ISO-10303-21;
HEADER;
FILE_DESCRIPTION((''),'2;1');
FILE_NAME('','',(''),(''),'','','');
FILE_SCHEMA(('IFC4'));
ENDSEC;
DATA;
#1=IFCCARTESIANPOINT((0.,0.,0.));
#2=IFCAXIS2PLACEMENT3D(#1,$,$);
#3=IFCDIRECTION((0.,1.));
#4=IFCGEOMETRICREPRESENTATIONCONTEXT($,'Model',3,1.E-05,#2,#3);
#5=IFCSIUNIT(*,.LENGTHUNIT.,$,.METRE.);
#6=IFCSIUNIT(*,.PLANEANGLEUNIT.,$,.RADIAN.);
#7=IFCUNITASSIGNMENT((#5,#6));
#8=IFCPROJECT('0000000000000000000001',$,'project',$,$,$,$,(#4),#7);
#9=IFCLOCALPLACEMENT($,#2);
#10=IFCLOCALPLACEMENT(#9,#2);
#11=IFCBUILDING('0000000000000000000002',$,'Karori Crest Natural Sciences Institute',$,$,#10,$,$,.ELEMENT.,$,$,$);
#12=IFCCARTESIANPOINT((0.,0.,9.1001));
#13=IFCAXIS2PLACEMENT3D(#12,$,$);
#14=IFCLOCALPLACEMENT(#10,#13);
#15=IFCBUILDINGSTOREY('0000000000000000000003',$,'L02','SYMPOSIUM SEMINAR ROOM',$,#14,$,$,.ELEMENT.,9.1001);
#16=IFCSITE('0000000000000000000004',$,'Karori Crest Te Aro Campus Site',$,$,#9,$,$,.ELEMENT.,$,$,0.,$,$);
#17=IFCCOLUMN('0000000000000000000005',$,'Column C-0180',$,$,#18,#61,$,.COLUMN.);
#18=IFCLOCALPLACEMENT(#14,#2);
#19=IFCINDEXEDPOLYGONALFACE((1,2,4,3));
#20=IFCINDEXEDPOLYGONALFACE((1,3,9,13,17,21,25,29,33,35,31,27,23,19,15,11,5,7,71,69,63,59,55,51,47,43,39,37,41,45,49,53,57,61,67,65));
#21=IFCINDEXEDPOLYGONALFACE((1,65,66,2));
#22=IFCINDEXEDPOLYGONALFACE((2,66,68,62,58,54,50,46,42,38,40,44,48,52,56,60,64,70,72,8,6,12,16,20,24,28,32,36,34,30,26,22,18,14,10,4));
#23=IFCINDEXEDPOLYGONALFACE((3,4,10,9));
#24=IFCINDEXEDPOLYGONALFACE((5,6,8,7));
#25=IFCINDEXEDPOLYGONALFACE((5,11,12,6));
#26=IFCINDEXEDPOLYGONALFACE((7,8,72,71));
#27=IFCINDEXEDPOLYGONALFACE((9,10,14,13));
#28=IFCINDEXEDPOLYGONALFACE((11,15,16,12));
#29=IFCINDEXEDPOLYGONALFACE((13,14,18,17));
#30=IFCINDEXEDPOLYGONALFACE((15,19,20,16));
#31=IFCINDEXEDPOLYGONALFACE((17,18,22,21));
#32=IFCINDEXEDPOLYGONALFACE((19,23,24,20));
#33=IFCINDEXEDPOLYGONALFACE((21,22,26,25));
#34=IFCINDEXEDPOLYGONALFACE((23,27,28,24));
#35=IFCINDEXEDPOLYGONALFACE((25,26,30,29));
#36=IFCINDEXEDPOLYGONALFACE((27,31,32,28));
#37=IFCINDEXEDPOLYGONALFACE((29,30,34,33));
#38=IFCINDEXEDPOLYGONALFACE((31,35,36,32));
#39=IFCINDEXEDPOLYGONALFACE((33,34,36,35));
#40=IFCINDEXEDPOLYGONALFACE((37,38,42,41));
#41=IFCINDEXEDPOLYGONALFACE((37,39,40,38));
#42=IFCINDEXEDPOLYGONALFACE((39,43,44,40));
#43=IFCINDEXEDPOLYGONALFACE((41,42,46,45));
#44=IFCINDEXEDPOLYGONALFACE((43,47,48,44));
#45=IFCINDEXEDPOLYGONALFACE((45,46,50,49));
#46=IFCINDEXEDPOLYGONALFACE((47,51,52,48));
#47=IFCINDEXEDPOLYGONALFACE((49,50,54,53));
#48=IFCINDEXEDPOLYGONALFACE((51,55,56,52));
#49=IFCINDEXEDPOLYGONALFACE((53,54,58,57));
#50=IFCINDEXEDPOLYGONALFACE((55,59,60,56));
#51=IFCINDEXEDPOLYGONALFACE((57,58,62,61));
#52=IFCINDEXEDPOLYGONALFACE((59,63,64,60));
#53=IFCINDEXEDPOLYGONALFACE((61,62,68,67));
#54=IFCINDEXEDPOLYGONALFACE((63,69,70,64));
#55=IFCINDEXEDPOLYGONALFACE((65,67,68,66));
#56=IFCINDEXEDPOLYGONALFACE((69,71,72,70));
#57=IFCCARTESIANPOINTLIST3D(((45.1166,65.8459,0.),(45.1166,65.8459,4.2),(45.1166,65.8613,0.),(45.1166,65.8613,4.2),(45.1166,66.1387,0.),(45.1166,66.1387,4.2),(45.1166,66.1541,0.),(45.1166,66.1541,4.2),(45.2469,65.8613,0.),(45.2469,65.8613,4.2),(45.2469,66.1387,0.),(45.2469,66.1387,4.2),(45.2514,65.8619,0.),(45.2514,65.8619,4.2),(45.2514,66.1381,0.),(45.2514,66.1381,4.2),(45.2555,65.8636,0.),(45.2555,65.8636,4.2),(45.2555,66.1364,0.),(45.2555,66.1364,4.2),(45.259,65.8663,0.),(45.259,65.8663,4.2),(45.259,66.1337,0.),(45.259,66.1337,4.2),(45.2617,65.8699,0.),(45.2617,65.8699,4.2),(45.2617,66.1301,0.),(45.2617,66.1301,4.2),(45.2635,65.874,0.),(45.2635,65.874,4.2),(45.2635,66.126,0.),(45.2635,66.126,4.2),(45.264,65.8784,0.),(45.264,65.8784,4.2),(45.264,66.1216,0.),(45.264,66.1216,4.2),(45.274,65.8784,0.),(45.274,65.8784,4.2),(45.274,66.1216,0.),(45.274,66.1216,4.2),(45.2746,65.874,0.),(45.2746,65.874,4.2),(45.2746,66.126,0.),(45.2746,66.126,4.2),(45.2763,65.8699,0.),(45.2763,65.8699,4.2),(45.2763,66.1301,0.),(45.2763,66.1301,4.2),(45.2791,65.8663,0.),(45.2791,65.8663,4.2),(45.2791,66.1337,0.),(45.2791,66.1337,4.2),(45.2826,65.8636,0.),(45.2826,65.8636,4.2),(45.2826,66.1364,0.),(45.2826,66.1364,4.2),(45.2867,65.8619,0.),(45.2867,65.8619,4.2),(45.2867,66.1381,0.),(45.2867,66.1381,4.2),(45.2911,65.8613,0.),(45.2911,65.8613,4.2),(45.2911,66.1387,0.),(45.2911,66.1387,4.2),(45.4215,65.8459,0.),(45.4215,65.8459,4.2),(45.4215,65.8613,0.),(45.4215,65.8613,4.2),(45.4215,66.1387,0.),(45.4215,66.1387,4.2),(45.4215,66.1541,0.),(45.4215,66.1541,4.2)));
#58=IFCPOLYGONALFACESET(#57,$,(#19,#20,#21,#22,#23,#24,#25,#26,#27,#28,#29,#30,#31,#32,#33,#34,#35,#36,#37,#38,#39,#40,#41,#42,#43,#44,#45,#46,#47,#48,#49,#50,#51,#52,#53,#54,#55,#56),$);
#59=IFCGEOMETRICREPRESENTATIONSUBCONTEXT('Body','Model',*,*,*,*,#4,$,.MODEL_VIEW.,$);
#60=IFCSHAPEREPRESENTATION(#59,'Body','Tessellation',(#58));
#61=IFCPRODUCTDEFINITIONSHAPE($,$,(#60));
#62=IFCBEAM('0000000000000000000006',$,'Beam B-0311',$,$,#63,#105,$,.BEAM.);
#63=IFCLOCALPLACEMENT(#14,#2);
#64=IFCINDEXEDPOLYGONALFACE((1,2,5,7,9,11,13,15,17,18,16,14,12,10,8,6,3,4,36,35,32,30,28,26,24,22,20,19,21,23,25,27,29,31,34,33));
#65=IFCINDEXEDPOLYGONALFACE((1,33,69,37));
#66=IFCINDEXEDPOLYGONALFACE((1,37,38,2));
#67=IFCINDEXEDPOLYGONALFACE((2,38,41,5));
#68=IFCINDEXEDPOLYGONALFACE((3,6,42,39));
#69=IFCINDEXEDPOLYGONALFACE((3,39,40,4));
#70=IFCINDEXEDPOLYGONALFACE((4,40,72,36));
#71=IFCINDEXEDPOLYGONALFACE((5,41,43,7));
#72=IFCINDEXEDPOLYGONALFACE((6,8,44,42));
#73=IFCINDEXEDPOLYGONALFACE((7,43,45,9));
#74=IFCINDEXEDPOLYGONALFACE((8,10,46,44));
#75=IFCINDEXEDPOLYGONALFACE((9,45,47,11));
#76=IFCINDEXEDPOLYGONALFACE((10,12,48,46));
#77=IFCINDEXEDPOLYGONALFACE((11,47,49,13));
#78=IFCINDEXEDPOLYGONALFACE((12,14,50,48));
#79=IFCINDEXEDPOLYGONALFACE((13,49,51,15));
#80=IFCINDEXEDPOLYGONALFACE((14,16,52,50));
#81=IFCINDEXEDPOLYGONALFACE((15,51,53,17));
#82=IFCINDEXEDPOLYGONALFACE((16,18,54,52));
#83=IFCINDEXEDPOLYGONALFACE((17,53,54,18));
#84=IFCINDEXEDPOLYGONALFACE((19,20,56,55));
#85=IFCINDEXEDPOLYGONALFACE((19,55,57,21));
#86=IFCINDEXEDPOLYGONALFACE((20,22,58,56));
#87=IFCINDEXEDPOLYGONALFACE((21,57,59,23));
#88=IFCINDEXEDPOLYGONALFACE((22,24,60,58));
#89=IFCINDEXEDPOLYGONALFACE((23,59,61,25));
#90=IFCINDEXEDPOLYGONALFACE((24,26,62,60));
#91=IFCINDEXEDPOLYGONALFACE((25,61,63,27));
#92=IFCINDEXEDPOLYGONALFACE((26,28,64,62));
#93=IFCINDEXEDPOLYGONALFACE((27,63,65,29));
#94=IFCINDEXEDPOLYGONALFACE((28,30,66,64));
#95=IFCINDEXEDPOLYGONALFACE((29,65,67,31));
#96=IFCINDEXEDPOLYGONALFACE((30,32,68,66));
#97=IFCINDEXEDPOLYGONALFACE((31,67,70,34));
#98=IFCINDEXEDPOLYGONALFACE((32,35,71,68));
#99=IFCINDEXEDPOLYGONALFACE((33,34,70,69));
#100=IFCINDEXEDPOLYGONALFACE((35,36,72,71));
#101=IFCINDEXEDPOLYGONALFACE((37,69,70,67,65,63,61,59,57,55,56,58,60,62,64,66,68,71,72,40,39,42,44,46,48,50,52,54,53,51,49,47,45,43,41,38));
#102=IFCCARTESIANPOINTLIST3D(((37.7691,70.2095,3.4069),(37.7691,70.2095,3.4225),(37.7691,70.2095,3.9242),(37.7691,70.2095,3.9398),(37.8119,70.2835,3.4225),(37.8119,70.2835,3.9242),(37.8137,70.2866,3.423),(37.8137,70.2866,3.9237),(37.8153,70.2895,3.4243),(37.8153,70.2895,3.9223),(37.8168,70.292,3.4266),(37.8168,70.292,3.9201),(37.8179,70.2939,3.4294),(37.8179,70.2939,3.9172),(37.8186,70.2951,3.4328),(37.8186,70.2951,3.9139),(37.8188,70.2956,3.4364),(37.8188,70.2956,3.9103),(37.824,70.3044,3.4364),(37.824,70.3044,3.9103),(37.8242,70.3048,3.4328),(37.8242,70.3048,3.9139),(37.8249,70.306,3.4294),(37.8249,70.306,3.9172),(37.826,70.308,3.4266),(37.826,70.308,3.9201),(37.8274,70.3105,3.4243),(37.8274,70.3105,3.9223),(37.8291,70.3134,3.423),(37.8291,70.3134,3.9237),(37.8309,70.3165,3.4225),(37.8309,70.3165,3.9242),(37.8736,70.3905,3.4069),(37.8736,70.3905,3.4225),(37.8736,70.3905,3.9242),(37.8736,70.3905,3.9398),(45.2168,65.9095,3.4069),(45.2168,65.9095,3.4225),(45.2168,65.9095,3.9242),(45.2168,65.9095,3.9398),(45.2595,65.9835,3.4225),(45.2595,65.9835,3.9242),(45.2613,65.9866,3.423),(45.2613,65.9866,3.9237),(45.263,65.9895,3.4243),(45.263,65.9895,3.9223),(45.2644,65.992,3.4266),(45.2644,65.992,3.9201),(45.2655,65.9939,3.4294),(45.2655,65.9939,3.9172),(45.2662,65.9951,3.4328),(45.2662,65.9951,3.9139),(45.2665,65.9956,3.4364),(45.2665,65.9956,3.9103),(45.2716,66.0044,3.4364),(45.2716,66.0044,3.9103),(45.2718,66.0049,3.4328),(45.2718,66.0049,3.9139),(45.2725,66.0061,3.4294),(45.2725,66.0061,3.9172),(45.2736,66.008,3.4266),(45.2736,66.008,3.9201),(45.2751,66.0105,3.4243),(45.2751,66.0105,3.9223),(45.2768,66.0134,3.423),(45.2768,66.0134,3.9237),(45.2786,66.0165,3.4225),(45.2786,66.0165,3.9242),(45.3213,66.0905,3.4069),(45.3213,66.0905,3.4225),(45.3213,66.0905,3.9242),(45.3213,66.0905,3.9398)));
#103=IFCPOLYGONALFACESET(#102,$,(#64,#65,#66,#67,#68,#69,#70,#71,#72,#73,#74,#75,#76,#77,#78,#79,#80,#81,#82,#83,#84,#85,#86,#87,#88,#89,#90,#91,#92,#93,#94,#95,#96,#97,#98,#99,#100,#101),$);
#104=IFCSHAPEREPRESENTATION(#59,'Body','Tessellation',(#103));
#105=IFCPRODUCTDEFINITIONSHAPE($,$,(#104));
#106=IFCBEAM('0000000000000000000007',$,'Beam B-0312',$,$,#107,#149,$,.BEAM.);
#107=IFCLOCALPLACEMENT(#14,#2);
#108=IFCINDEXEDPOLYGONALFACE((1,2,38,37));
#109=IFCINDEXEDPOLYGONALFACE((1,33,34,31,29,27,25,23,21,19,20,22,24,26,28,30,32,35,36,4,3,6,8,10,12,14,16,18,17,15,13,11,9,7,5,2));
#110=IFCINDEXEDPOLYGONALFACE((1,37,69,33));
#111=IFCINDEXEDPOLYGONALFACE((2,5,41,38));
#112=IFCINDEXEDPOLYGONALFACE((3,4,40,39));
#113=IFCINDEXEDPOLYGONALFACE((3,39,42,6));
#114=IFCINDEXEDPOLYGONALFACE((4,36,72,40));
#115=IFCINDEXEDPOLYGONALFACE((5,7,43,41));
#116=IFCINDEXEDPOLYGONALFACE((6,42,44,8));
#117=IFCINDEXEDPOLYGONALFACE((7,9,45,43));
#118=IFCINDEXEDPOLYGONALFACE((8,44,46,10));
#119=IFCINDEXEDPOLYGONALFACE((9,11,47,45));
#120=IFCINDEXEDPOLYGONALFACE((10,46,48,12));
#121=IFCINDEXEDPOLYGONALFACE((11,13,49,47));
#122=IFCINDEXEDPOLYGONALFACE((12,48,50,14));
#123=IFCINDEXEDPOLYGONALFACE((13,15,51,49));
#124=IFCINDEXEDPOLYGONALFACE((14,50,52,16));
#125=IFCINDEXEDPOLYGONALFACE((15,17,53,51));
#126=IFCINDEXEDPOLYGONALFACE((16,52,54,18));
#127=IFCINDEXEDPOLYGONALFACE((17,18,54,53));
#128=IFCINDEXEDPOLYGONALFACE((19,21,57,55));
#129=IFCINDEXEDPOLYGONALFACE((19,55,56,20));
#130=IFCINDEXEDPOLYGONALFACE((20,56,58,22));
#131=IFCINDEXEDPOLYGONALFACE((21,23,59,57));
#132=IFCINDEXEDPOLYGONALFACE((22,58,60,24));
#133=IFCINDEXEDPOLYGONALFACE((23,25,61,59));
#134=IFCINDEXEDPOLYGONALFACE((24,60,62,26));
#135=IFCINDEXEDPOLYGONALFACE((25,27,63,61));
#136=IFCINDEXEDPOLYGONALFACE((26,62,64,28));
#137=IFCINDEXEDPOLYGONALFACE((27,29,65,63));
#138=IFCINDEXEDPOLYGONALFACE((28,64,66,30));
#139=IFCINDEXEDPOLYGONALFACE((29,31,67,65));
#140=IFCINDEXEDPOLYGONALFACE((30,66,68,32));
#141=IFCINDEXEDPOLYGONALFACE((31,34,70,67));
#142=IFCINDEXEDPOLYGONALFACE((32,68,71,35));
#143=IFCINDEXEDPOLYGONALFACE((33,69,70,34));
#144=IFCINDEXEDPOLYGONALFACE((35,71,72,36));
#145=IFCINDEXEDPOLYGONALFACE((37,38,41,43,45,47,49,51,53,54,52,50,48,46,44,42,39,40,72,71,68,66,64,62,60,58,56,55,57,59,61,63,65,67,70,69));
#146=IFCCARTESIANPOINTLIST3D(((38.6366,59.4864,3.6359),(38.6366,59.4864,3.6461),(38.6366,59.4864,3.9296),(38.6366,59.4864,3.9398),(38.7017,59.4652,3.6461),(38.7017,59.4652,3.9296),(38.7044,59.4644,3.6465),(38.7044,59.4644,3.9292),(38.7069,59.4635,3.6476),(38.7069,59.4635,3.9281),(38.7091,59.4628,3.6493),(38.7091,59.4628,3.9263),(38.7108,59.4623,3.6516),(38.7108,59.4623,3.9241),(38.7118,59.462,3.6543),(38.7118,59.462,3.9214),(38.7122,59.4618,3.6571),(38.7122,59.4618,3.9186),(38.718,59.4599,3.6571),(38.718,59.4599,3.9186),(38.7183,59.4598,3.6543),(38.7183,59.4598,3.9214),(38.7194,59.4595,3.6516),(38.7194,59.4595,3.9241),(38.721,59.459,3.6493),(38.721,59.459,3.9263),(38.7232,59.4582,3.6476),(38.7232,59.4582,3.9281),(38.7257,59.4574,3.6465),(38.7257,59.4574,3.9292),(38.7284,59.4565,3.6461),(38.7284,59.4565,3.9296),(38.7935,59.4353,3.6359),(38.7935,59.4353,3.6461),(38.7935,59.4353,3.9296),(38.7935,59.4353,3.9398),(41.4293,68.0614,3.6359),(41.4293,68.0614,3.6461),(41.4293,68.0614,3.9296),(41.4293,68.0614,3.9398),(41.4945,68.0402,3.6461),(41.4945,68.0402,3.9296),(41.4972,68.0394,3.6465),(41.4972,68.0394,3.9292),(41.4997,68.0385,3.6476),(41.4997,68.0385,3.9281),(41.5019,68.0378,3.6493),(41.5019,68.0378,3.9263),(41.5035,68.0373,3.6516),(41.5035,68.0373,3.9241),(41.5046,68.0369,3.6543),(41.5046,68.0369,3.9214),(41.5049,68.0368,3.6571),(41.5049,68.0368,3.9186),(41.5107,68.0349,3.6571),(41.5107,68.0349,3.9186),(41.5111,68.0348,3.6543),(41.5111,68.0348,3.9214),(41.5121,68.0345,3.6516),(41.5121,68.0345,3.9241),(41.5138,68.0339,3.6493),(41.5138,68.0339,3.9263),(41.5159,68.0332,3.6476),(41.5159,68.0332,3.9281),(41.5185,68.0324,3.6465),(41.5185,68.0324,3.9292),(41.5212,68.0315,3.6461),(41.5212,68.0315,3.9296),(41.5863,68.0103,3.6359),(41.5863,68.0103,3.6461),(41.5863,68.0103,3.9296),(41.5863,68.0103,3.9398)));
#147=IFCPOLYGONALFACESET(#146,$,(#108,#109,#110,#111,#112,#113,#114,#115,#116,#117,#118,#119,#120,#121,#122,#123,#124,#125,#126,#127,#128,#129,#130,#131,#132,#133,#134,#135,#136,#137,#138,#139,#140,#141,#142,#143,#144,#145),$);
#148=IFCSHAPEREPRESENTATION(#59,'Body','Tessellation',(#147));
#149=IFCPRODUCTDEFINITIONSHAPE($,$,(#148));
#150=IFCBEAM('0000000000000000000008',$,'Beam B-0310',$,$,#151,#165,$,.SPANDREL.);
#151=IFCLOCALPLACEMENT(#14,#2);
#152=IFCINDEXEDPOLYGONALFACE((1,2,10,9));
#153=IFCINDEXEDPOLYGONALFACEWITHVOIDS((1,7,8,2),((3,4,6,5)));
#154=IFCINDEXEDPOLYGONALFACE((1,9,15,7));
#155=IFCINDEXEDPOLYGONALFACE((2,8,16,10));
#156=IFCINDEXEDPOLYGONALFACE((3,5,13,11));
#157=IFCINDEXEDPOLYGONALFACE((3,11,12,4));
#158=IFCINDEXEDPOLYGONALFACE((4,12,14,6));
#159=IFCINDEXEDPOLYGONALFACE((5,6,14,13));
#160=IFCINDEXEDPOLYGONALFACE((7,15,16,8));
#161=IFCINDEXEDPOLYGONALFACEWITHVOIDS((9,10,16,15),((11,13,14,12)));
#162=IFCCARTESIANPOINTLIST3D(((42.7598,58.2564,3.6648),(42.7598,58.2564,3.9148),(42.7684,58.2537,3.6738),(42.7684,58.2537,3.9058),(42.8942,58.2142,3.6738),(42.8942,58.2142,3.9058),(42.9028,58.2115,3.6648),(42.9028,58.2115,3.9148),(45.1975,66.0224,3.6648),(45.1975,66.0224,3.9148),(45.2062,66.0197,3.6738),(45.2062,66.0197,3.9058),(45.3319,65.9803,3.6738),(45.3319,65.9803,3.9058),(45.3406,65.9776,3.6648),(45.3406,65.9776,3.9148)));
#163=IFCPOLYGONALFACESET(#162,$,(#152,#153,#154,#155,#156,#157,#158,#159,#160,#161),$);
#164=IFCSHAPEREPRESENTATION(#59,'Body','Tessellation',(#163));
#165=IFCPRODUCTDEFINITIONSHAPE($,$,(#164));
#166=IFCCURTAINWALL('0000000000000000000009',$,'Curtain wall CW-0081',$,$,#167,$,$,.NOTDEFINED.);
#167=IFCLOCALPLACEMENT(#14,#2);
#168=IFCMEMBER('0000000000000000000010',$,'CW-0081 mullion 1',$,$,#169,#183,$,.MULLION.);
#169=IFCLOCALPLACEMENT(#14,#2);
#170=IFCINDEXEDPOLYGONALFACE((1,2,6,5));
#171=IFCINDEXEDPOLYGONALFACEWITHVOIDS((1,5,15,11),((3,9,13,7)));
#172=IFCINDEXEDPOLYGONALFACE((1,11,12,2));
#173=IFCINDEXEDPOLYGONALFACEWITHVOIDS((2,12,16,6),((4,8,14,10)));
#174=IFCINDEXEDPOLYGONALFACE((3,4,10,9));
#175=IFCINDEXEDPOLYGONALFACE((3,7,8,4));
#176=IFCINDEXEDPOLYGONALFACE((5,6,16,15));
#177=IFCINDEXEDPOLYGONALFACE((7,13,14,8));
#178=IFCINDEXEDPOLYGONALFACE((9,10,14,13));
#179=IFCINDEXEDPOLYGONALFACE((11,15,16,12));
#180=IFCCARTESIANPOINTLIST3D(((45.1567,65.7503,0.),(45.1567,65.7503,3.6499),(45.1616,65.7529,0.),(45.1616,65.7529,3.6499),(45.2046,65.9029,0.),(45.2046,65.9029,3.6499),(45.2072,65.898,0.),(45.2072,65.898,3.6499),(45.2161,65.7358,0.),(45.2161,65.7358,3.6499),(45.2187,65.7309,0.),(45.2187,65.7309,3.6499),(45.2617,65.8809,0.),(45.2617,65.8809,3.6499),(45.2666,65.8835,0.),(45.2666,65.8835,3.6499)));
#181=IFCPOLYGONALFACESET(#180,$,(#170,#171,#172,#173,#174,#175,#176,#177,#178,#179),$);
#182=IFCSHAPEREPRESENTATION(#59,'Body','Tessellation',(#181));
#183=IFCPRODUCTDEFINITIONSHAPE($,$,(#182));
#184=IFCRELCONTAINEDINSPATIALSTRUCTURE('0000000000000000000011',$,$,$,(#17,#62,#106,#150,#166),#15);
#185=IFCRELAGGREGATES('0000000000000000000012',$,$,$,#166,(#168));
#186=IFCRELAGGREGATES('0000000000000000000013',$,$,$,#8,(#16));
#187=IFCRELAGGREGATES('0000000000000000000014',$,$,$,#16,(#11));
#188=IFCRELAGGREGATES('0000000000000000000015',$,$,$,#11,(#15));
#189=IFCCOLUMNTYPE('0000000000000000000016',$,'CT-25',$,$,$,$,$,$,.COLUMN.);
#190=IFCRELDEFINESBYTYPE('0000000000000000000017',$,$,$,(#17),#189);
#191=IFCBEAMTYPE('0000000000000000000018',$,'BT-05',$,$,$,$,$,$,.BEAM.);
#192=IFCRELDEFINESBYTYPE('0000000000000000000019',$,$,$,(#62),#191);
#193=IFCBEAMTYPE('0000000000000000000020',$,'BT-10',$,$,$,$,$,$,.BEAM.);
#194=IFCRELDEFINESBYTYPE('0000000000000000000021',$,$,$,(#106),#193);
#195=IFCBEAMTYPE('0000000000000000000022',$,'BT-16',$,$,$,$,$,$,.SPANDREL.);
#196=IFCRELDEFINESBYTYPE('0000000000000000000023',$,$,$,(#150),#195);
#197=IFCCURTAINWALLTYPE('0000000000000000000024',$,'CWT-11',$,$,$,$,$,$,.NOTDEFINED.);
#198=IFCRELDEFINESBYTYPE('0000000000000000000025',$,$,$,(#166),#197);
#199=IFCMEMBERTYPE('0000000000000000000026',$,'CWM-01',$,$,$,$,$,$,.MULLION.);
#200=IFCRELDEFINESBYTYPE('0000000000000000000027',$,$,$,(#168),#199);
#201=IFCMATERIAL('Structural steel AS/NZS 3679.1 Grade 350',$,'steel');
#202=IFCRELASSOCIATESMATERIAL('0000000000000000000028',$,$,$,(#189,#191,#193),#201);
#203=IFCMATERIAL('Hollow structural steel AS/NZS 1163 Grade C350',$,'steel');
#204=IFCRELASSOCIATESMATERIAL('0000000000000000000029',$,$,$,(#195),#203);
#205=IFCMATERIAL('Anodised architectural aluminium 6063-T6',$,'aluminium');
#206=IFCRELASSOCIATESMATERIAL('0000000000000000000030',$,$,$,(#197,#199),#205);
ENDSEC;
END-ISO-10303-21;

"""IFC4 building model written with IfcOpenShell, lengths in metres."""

from ifc_helpers import new_model, si_unit, direction, frame, origin, origin_2d, place, context, subcontext, project, spatial, hollow_rectangle, i_section, extrude, material, material_profile, profile_set, type_object, element, aggregate, save


model = new_model("IFC4")

# Units and contexts
model_context = context("Model", 3, precision=1e-05, world=origin(), true_north=direction((0.0, 1.0)))
body_context = subcontext(model_context, "Body", "Model", "MODEL_VIEW")
ifc_project = project(units=[si_unit("LENGTHUNIT", "METRE"), si_unit("PLANEANGLEUNIT", "RADIAN")], contexts=[model_context])

# Site, building, storey
site_placement = place(None, origin())
site = spatial("IfcSite", under=ifc_project, at=site_placement, Name="Karori Crest Te Aro Campus Site", CompositionType="ELEMENT", RefElevation=0.0)
building_placement = place(site_placement, origin())
building = spatial("IfcBuilding", under=site, at=building_placement, Name="Karori Crest Natural Sciences Institute", CompositionType="ELEMENT")
storey_placement = place(building_placement, frame((0.0, 0.0, 9.1001)))
storey = spatial("IfcBuildingStorey", under=building, at=storey_placement, Name="L02", Description="SYMPOSIUM SEMINAR ROOM", CompositionType="ELEMENT", Elevation=9.1001)

# Column
ifc_material_1 = material(Name="Structural steel AS/NZS 3679.1 Grade 350", Category="steel")
ifc_material_profile_1 = material_profile(ifc_material_1, i_section(OverallWidth=0.3049, OverallDepth=0.3081, WebThickness=0.01, FlangeThickness=0.0154, FilletRadius=0.0171, at=origin_2d()), Name="310UC96.8")
ifc_profile_set_1 = profile_set([ifc_material_profile_1], Name="Structural steel AS/NZS 3679.1 Grade 350")
column_type = type_object("IfcColumnType", Name="CT-25", PredefinedType="COLUMN", material=ifc_profile_set_1)
column_placement = place(storey_placement, frame((45.269, 66.0, 0.0), z_axis=(0.0, 0.0, 1.0), x_axis=(1.0, 0.0, 0.0)))
element("IfcColumn", 1, at=column_placement, inside=storey, type_object=column_type, Name="Column C-0180", PredefinedType="COLUMN", context=body_context, shape_type="SweptSolid", body=[
    extrude(i_section(OverallWidth=0.3049, OverallDepth=0.3081, WebThickness=0.01, FlangeThickness=0.0154, FilletRadius=0.0171, at=origin_2d()), origin(), (0.0, 0.0, 1.0), 4.2),
])

# Beams
ifc_material_profile_2 = material_profile(ifc_material_1, i_section(OverallWidth=0.209, OverallDepth=0.533, WebThickness=0.0103, FlangeThickness=0.0156, FilletRadius=0.0139, at=origin_2d()), Name="530UB92.4")
ifc_profile_set_2 = profile_set([ifc_material_profile_2], Name="Structural steel AS/NZS 3679.1 Grade 350")
beam_type_1 = type_object("IfcBeamType", Name="BT-05", PredefinedType="BEAM", material=ifc_profile_set_2)
beam_1_placement = place(storey_placement, frame((45.269, 66.0, 3.6733), z_axis=(-0.866021, 0.500008, 0.0), x_axis=(-0.500008, -0.866021, 0.0)))
element("IfcBeam", 2, at=beam_1_placement, inside=storey, type_object=beam_type_1, Name="Beam B-0311", PredefinedType="BEAM", context=body_context, shape_type="SweptSolid", body=[
    extrude(i_section(OverallWidth=0.209, OverallDepth=0.533, WebThickness=0.0103, FlangeThickness=0.0156, FilletRadius=0.0139, at=origin_2d()), origin(), (0.0, 0.0, 1.0), 8.5999),
])
ifc_material_profile_3 = material_profile(ifc_material_1, i_section(OverallWidth=0.165, OverallDepth=0.304, WebThickness=0.0061, FlangeThickness=0.0103, FilletRadius=0.011, at=origin_2d()), Name="310UB40.4")
ifc_profile_set_3 = profile_set([ifc_material_profile_3], Name="Structural steel AS/NZS 3679.1 Grade 350")
beam_type_2 = type_object("IfcBeamType", Name="BT-10", PredefinedType="BEAM", material=ifc_profile_set_3)
beam_2_placement = place(storey_placement, frame((41.5078, 68.0359, 3.7878), z_axis=(-0.309674, -0.950843, 0.0), x_axis=(0.950843, -0.309674, 0.0)))
element("IfcBeam", 3, at=beam_2_placement, inside=storey, type_object=beam_type_2, Name="Beam B-0312", PredefinedType="BEAM", context=body_context, shape_type="SweptSolid", body=[
    extrude(i_section(OverallWidth=0.165, OverallDepth=0.304, WebThickness=0.0061, FlangeThickness=0.0103, FilletRadius=0.011, at=origin_2d()), origin(), (0.0, 0.0, 1.0), 9.0183),
])
ifc_material_2 = material(Name="Hollow structural steel AS/NZS 1163 Grade C350", Category="steel")
ifc_material_profile_4 = material_profile(ifc_material_2, hollow_rectangle(XDim=0.1499, YDim=0.25, WallThickness=0.009, at=origin_2d()), Name="RHS250x150x9")
ifc_profile_set_4 = profile_set([ifc_material_profile_4], Name="Hollow structural steel AS/NZS 1163 Grade C350")
beam_type_3 = type_object("IfcBeamType", Name="BT-16", PredefinedType="SPANDREL", material=ifc_profile_set_4)
beam_3_placement = place(storey_placement, frame((45.269, 66.0, 3.7898), z_axis=(-0.299487, -0.9541, 0.0), x_axis=(0.9541, -0.299487, 0.0)))
element("IfcBeam", 4, at=beam_3_placement, inside=storey, type_object=beam_type_3, Name="Beam B-0310", PredefinedType="SPANDREL", context=body_context, shape_type="SweptSolid", body=[
    extrude(hollow_rectangle(XDim=0.1499, YDim=0.25, WallThickness=0.009, at=origin_2d()), origin(), (0.0, 0.0, 1.0), 8.1396),
])

# Curtain wall, member
ifc_material_3 = material(Name="Anodised architectural aluminium 6063-T6", Category="aluminium")
curtain_wall_type_1 = type_object("IfcCurtainWallType", Name="CWT-11", PredefinedType="NOTDEFINED", material=ifc_material_3)
curtain_wall_1_placement = place(storey_placement, origin())
curtain_wall_1 = element("IfcCurtainWall", 5, at=curtain_wall_1_placement, inside=storey, type_object=curtain_wall_type_1, Name="Curtain wall CW-0081", PredefinedType="NOTDEFINED")
ifc_material_profile_5 = material_profile(ifc_material_3, hollow_rectangle(XDim=0.0649, YDim=0.1599, WallThickness=0.0039, at=origin_2d()), Name="CWM160x65x4")
ifc_profile_set_5 = profile_set([ifc_material_profile_5], Name="Anodised architectural aluminium 6063-T6")
member_type_1 = type_object("IfcMemberType", Name="CWM-01", PredefinedType="MULLION", material=ifc_profile_set_5)
member_1_placement = place(storey_placement, frame((45.2117, 65.8169, 0.0), z_axis=(0.0, 0.0, 1.0), x_axis=(0.954104, -0.299477, 0.0)))
member_1 = element("IfcMember", 6, at=member_1_placement, type_object=member_type_1, Name="CW-0081 mullion 1", PredefinedType="MULLION", context=body_context, shape_type="SweptSolid", body=[
    extrude(hollow_rectangle(XDim=0.0649, YDim=0.1599, WallThickness=0.0039, at=origin_2d()), origin(), (0.0, 0.0, 1.0), 3.6499),
])

aggregate(curtain_wall_1, [member_1])

save(model, "model.ifc")
